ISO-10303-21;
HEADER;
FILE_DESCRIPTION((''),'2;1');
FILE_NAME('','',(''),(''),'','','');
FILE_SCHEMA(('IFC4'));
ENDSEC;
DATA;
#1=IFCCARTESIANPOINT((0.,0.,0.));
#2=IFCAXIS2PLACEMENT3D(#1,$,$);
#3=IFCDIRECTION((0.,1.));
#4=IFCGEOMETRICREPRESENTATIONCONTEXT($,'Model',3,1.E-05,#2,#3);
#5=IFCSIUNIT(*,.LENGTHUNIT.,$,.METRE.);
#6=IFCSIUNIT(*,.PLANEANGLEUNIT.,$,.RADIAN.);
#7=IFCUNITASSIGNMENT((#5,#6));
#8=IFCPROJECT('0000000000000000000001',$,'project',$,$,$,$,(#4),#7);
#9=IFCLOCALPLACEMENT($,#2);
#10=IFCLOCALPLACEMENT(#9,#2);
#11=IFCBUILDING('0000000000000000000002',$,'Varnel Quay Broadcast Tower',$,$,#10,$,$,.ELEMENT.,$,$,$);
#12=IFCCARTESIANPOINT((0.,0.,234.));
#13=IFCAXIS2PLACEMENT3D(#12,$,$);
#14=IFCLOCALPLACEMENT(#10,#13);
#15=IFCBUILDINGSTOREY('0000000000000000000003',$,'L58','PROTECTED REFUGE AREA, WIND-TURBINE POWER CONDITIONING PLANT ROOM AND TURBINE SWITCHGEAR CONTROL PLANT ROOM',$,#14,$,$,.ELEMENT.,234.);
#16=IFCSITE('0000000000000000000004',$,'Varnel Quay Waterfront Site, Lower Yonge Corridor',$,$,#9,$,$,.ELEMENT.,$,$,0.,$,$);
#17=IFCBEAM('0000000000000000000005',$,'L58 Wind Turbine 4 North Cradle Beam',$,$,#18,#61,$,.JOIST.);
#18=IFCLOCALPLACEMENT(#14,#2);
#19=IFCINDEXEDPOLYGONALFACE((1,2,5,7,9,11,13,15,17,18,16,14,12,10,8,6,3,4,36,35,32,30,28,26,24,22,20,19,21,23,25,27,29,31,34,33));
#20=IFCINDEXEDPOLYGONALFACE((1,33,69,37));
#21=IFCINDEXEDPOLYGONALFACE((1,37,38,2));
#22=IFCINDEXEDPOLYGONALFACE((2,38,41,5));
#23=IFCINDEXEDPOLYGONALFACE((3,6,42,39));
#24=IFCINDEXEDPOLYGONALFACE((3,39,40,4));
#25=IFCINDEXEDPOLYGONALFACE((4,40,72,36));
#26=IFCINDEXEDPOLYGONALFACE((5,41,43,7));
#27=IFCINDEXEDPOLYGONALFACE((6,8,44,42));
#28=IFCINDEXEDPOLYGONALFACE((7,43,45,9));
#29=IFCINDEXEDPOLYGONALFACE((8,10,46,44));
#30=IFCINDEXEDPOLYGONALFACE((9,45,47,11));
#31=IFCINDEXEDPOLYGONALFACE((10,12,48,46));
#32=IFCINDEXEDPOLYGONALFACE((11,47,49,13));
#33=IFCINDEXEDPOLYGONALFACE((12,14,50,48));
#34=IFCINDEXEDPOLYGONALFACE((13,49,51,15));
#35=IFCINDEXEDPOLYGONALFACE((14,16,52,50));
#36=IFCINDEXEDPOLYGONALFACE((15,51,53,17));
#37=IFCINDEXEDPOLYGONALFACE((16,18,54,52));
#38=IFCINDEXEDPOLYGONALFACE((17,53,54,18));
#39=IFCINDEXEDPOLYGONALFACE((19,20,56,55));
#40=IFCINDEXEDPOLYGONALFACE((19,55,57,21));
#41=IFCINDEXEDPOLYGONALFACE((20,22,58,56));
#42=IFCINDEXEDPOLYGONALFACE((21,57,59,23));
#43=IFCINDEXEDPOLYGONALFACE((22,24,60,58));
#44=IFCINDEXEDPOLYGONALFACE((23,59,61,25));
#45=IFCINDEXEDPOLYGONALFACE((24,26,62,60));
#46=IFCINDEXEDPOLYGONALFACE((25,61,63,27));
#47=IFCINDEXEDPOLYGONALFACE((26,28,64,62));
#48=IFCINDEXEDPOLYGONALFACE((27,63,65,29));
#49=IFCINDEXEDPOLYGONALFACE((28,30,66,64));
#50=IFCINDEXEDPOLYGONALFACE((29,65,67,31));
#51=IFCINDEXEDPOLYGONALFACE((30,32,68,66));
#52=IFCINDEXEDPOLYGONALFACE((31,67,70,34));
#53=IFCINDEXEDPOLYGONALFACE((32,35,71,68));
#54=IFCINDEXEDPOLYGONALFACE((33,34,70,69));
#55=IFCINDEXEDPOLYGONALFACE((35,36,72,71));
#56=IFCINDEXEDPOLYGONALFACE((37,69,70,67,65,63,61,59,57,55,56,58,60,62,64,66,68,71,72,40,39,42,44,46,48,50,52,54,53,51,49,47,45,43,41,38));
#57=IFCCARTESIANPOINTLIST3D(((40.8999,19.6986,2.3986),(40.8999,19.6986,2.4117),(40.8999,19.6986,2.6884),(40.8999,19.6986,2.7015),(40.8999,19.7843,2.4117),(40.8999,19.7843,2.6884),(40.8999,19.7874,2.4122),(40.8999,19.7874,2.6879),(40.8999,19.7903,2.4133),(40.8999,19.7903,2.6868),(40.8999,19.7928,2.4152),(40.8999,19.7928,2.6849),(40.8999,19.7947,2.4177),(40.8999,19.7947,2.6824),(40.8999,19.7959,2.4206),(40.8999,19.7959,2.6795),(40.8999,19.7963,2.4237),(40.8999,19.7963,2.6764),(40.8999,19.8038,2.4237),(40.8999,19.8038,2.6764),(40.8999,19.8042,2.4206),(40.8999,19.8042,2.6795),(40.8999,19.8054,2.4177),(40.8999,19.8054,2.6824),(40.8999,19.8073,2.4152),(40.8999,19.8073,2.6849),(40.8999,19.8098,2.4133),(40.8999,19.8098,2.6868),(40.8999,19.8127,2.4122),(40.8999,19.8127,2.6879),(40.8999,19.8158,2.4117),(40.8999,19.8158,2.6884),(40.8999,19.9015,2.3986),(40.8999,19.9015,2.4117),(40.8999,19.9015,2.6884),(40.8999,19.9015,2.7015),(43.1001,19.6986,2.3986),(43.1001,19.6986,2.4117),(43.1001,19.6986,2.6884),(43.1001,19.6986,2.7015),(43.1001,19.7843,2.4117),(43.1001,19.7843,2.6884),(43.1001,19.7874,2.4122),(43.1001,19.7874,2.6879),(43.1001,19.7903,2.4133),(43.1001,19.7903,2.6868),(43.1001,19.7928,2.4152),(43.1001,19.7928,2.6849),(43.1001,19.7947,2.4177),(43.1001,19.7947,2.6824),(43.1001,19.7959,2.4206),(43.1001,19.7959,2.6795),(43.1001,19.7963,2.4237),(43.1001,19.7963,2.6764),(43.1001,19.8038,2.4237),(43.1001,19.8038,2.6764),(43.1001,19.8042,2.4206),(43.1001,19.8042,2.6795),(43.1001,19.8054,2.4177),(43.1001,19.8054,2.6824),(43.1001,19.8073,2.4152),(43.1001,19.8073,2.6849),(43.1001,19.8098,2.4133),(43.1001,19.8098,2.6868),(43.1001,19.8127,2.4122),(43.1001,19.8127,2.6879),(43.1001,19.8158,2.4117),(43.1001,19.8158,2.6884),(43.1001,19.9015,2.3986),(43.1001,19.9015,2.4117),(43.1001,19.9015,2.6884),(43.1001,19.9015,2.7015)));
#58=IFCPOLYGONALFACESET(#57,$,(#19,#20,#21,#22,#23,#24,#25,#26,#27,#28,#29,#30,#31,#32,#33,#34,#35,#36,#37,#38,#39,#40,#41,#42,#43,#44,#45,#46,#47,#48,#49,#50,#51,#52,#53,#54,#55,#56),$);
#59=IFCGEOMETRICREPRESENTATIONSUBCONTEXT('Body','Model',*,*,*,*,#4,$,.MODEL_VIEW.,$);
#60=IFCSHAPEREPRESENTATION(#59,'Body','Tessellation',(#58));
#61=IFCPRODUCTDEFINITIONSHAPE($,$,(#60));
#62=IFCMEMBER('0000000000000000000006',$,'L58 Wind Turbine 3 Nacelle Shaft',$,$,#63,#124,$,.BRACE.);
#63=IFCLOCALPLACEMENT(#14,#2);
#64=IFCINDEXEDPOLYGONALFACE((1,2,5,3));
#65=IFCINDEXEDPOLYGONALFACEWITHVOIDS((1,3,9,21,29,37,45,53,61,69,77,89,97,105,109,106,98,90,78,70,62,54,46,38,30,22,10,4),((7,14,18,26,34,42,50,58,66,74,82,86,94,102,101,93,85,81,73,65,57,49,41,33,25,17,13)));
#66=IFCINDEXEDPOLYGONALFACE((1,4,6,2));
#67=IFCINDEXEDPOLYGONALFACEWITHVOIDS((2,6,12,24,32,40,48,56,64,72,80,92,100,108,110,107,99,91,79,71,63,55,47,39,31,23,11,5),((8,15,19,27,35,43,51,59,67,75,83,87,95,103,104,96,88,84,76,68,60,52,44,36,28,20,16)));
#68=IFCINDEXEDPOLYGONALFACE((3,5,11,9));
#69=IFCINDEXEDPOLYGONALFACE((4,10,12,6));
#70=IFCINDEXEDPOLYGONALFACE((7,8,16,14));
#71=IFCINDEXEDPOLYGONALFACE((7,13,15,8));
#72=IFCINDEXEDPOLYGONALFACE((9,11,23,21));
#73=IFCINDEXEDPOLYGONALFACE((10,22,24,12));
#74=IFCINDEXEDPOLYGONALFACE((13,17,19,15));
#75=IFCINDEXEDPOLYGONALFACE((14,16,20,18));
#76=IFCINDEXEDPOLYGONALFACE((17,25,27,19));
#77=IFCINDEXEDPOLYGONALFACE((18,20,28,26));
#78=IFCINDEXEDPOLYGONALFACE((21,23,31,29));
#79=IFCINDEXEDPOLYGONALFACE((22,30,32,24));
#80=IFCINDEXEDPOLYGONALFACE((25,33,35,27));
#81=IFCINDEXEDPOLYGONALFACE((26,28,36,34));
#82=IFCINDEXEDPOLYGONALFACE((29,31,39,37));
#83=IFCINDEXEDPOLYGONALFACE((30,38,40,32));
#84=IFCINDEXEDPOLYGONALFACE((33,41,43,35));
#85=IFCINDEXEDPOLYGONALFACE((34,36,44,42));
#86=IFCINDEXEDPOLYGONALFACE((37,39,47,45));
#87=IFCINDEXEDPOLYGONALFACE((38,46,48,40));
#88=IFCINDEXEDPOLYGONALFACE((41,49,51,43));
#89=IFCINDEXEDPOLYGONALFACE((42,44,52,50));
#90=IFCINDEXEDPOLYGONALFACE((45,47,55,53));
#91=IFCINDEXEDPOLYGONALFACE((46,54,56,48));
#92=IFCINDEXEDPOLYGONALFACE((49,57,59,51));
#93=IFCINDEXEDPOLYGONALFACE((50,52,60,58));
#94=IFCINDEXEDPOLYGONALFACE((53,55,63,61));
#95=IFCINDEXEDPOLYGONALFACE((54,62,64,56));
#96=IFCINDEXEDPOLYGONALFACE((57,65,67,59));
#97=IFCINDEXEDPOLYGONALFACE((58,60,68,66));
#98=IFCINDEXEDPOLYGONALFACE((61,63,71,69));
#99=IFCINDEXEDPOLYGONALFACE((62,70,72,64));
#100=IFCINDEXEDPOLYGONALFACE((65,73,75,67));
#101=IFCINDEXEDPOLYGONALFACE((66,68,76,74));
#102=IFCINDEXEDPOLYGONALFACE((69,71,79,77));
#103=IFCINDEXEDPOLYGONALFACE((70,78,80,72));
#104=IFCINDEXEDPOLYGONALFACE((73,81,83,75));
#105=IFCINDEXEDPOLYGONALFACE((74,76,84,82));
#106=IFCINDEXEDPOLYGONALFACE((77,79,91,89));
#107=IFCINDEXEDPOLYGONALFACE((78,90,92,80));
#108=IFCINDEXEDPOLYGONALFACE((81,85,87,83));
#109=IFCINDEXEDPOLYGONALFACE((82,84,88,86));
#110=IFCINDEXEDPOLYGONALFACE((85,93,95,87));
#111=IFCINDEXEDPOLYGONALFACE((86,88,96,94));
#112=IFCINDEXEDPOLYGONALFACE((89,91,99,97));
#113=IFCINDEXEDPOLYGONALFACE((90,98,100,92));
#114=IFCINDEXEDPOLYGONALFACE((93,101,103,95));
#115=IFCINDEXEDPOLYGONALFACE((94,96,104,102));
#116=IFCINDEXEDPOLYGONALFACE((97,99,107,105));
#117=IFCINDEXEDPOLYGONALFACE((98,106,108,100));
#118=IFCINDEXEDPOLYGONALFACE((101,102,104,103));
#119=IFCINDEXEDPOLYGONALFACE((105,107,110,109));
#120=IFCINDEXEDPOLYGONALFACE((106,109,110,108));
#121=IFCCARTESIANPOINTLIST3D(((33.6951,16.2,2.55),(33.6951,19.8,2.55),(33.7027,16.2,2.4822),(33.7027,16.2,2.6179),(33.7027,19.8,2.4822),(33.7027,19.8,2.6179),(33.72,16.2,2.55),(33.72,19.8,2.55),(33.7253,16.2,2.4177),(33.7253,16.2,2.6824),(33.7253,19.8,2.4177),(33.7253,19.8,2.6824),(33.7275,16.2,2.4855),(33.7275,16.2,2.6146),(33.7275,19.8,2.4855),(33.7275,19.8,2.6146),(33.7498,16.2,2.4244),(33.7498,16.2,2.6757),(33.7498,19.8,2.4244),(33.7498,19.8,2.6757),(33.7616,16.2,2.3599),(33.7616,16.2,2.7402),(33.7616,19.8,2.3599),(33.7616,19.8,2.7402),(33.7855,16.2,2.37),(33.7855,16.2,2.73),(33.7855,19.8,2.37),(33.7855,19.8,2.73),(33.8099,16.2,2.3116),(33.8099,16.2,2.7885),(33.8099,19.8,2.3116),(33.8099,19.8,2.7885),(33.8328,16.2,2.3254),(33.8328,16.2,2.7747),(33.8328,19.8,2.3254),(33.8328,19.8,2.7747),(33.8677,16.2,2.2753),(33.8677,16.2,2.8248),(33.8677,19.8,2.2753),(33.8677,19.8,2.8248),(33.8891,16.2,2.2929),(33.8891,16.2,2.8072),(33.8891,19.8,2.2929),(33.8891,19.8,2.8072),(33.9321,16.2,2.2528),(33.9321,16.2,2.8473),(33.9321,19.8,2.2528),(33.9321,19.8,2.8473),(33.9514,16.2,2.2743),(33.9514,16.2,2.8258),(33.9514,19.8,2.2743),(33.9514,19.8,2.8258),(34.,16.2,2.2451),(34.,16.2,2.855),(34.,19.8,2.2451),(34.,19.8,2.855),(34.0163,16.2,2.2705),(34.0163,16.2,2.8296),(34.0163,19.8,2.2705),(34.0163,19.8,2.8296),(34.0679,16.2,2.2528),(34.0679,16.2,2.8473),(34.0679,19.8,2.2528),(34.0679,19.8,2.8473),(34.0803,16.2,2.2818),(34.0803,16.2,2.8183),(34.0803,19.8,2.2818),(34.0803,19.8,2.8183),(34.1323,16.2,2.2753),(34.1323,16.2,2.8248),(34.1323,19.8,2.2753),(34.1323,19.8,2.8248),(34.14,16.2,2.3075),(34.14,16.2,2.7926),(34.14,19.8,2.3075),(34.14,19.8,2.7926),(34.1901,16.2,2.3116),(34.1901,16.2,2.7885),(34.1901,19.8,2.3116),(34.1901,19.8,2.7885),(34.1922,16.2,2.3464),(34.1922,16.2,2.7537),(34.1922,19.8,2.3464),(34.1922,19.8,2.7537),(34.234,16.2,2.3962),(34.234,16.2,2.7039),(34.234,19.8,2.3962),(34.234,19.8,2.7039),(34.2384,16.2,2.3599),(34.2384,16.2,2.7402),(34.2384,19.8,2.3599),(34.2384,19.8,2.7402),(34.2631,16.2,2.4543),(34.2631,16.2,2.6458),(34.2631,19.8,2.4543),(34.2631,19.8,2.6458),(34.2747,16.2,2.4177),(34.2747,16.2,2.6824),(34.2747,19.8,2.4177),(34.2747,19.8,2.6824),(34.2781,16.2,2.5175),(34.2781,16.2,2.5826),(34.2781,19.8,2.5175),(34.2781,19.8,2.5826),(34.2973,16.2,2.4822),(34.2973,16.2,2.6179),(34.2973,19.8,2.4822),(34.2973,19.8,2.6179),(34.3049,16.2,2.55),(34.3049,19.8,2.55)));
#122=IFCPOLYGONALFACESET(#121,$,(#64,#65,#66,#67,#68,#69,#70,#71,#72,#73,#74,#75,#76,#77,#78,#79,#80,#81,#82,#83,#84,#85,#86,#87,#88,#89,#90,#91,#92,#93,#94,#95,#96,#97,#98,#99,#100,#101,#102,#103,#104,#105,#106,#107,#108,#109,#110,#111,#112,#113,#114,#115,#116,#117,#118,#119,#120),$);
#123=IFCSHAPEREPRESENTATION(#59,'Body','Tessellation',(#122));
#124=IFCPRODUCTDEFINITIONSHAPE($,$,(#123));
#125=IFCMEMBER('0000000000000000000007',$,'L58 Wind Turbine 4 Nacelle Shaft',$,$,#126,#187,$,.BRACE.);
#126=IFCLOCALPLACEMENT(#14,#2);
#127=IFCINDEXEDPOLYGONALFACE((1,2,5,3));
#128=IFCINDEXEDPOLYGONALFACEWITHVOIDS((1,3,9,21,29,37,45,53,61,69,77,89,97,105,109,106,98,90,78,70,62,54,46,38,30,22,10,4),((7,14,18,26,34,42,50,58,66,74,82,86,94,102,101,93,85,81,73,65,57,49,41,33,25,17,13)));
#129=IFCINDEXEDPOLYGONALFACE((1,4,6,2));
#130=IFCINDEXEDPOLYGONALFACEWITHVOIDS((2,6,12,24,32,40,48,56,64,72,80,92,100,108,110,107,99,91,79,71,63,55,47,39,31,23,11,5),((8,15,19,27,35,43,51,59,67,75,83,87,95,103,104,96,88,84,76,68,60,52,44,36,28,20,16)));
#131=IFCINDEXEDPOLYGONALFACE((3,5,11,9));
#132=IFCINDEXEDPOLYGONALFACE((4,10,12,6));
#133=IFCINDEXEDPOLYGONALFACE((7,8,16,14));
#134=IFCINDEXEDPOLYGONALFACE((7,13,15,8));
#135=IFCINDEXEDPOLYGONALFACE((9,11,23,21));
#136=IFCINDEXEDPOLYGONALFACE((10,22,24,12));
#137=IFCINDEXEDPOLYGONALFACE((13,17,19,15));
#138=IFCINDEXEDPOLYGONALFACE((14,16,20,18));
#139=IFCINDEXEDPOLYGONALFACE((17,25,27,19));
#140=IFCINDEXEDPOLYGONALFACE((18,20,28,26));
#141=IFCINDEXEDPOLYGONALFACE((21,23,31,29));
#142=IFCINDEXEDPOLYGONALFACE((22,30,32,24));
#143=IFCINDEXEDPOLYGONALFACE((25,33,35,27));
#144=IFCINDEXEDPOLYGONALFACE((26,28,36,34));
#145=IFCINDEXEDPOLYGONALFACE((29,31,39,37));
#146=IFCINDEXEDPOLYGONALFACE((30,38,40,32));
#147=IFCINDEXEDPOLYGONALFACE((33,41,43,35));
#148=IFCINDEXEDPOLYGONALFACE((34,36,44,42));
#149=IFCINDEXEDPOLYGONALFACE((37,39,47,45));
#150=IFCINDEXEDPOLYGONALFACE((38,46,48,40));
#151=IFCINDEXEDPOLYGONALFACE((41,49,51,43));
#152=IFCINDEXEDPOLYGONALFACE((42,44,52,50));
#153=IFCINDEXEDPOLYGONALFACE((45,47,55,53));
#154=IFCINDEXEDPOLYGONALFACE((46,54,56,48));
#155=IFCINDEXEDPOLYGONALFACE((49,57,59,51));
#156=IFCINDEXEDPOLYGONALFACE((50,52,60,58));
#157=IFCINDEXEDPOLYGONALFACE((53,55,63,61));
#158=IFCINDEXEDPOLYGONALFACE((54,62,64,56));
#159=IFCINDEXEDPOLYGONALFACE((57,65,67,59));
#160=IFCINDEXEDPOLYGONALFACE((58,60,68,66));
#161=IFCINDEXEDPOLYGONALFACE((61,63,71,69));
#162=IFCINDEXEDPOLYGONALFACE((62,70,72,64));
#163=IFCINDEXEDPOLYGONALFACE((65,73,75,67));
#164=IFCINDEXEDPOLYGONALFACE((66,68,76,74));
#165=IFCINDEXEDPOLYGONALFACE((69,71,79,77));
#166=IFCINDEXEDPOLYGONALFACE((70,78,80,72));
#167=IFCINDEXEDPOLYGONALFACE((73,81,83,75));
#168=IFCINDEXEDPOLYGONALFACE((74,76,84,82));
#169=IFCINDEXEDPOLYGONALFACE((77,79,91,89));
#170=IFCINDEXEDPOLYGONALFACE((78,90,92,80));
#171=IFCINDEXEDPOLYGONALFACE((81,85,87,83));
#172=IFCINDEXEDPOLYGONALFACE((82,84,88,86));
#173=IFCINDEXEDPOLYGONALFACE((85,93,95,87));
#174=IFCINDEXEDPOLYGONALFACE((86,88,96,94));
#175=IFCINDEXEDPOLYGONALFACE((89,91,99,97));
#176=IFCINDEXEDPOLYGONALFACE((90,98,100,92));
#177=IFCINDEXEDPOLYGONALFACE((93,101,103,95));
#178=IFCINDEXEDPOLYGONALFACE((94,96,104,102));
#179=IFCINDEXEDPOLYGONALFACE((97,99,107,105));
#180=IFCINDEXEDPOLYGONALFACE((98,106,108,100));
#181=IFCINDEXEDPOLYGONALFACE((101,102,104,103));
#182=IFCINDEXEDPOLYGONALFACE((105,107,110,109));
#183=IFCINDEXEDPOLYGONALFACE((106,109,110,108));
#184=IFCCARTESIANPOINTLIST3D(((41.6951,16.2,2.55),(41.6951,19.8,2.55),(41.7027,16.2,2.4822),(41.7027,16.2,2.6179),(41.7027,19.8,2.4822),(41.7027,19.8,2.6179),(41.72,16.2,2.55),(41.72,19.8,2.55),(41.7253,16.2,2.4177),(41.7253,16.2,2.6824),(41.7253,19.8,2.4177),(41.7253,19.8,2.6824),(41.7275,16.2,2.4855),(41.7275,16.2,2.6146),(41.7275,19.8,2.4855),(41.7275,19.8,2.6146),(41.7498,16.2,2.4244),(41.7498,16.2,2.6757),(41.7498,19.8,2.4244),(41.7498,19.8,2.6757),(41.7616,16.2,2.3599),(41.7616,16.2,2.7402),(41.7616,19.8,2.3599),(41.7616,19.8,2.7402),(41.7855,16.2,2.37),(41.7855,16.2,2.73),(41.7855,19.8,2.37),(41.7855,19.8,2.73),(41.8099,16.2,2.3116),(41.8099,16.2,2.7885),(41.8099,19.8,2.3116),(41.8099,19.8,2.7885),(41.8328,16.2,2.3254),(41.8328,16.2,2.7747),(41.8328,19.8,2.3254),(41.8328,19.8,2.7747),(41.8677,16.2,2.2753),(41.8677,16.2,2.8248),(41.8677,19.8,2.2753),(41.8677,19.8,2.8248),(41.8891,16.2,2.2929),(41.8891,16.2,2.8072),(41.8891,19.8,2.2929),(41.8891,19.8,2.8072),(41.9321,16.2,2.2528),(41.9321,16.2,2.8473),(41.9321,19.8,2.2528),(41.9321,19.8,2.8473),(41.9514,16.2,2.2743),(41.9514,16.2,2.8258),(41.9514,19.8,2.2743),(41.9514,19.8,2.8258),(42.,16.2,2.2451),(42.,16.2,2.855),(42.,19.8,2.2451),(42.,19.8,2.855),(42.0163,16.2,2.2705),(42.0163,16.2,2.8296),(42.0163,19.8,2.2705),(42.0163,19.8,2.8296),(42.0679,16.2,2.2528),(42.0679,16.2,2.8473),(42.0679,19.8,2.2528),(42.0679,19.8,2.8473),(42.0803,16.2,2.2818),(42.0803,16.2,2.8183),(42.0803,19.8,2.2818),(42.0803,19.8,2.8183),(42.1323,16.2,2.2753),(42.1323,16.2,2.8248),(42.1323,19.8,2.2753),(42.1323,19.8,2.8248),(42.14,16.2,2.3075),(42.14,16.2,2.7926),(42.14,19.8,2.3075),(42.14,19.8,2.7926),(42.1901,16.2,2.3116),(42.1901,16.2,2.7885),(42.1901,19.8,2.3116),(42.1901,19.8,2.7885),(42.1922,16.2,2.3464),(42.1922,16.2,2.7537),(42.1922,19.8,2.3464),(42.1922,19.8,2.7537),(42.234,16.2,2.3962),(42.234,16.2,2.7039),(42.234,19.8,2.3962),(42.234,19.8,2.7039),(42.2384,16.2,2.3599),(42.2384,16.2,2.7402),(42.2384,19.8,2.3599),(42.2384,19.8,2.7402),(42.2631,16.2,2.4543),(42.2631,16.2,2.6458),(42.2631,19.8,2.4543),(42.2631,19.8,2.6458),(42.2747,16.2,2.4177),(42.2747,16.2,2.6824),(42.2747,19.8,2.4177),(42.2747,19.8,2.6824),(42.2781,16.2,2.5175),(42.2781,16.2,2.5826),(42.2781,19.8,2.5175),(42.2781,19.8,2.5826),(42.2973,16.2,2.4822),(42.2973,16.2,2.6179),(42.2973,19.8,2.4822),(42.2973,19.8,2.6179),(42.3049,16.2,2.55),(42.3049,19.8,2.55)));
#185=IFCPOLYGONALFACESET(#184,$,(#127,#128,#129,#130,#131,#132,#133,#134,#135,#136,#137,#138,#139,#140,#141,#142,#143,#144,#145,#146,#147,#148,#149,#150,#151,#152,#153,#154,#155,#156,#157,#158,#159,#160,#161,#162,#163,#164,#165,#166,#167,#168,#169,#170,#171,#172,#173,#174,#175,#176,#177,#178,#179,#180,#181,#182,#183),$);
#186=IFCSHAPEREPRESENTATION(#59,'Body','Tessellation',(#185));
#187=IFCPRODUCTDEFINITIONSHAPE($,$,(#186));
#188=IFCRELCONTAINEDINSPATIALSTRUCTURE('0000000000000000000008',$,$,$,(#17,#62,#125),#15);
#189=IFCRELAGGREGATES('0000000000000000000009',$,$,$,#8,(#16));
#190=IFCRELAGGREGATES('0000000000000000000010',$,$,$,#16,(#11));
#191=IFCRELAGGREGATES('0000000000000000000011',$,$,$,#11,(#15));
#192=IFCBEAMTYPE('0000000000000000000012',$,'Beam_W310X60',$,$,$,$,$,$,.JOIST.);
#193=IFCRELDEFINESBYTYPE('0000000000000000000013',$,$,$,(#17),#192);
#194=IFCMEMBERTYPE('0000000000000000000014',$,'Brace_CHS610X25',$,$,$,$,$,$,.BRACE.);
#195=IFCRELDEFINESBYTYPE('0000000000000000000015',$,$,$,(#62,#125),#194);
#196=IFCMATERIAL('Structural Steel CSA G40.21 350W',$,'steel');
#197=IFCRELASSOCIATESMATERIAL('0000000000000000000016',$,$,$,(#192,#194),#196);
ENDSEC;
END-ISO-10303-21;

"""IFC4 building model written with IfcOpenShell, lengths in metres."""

from ifc_helpers import new_model, si_unit, direction, frame, origin, origin_2d, place, context, subcontext, project, spatial, hollow_circle, i_section, extrude, source, transform, mapped, material, material_profile, profile_set, type_object, type_shapes, element, save


model = new_model("IFC4")

# Units and contexts
model_context = context("Model", 3, precision=1e-05, world=origin(), true_north=direction((0.0, 1.0)))
body_context = subcontext(model_context, "Body", "Model", "MODEL_VIEW")
ifc_project = project(units=[si_unit("LENGTHUNIT", "METRE"), si_unit("PLANEANGLEUNIT", "RADIAN")], contexts=[model_context])

# Site, building, storey
site_placement = place(None, origin())
site = spatial("IfcSite", under=ifc_project, at=site_placement, Name="Varnel Quay Waterfront Site, Lower Yonge Corridor", CompositionType="ELEMENT", RefElevation=0.0)
building_placement = place(site_placement, origin())
building = spatial("IfcBuilding", under=site, at=building_placement, Name="Varnel Quay Broadcast Tower", CompositionType="ELEMENT")
storey_placement = place(building_placement, frame((0.0, 0.0, 234.0)))
storey = spatial("IfcBuildingStorey", under=building, at=storey_placement, Name="L58", Description="PROTECTED REFUGE AREA, WIND-TURBINE POWER CONDITIONING PLANT ROOM AND TURBINE SWITCHGEAR CONTROL PLANT ROOM", CompositionType="ELEMENT", Elevation=234.0)

# Shared definitions
ifc_material_1 = material(Name="Structural Steel CSA G40.21 350W", Category="steel")

# Beam
ifc_material_profile_1 = material_profile(ifc_material_1, i_section(OverallWidth=0.2029, OverallDepth=0.303, WebThickness=0.0076, FlangeThickness=0.0132, FilletRadius=0.012, at=origin_2d()), Name="W310X60")
ifc_profile_set_1 = profile_set([ifc_material_profile_1], Name="Structural Steel CSA G40.21 350W")
beam_type_1 = type_object("IfcBeamType", Name="Beam_W310X60", PredefinedType="JOIST", material=ifc_profile_set_1)
shared_shape_1 = source(origin(), body_context, "Body", "SweptSolid", [
    extrude(i_section(OverallWidth=0.2029, OverallDepth=0.303, WebThickness=0.0076, FlangeThickness=0.0132, FilletRadius=0.012, at=origin_2d()), origin(), (0.0, 0.0, 1.0), 2.2002),
])
type_shapes(beam_type_1, [shared_shape_1])
for number, where, z_axis, x_axis, name in (
    (1, (40.8999, 19.8, 2.55), (1.0, 0.0, 0.0), (0.0, 1.0, 0.0), "L58 Wind Turbine 4 North Cradle Beam"),
):
    element("IfcBeam", number, at=place(storey_placement, frame(where, z_axis=z_axis, x_axis=x_axis)), inside=storey, type_object=beam_type_1, Name=name, PredefinedType="JOIST", context=body_context, shape_type="MappedRepresentation", body=[
        mapped(shared_shape_1, transform((0.0, 0.0, 0.0), x_axis=(1.0, 0.0, 0.0), y_axis=(0.0, 1.0, 0.0), z_axis=(0.0, 0.0, 1.0), scale=1.0)),
    ])

# Members
ifc_material_profile_2 = material_profile(ifc_material_1, hollow_circle(Radius=0.3049, WallThickness=0.0249, at=origin_2d()), Name="CHS610X25")
ifc_profile_set_2 = profile_set([ifc_material_profile_2], Name="Structural Steel CSA G40.21 350W")
member_type_1 = type_object("IfcMemberType", Name="Brace_CHS610X25", PredefinedType="BRACE", material=ifc_profile_set_2)
shared_shape_2 = source(origin(), body_context, "Body", "SweptSolid", [
    extrude(hollow_circle(Radius=0.3049, WallThickness=0.0249, at=origin_2d()), origin(), (0.0, 0.0, 1.0), 3.6001),
])
type_shapes(member_type_1, [shared_shape_2])
for number, where, z_axis, x_axis, name in (
    (2, (34.0, 16.2, 2.55), (0.0, 1.0, 0.0), (-1.0, 0.0, 0.0), "L58 Wind Turbine 3 Nacelle Shaft"),
    (3, (42.0, 16.2, 2.55), (0.0, 1.0, 0.0), (-1.0, 0.0, 0.0), "L58 Wind Turbine 4 Nacelle Shaft"),
):
    element("IfcMember", number, at=place(storey_placement, frame(where, z_axis=z_axis, x_axis=x_axis)), inside=storey, type_object=member_type_1, Name=name, PredefinedType="BRACE", context=body_context, shape_type="MappedRepresentation", body=[
        mapped(shared_shape_2, transform((0.0, 0.0, 0.0), x_axis=(1.0, 0.0, 0.0), y_axis=(0.0, 1.0, 0.0), z_axis=(0.0, 0.0, 1.0), scale=1.0)),
    ])

save(model, "model.ifc")
